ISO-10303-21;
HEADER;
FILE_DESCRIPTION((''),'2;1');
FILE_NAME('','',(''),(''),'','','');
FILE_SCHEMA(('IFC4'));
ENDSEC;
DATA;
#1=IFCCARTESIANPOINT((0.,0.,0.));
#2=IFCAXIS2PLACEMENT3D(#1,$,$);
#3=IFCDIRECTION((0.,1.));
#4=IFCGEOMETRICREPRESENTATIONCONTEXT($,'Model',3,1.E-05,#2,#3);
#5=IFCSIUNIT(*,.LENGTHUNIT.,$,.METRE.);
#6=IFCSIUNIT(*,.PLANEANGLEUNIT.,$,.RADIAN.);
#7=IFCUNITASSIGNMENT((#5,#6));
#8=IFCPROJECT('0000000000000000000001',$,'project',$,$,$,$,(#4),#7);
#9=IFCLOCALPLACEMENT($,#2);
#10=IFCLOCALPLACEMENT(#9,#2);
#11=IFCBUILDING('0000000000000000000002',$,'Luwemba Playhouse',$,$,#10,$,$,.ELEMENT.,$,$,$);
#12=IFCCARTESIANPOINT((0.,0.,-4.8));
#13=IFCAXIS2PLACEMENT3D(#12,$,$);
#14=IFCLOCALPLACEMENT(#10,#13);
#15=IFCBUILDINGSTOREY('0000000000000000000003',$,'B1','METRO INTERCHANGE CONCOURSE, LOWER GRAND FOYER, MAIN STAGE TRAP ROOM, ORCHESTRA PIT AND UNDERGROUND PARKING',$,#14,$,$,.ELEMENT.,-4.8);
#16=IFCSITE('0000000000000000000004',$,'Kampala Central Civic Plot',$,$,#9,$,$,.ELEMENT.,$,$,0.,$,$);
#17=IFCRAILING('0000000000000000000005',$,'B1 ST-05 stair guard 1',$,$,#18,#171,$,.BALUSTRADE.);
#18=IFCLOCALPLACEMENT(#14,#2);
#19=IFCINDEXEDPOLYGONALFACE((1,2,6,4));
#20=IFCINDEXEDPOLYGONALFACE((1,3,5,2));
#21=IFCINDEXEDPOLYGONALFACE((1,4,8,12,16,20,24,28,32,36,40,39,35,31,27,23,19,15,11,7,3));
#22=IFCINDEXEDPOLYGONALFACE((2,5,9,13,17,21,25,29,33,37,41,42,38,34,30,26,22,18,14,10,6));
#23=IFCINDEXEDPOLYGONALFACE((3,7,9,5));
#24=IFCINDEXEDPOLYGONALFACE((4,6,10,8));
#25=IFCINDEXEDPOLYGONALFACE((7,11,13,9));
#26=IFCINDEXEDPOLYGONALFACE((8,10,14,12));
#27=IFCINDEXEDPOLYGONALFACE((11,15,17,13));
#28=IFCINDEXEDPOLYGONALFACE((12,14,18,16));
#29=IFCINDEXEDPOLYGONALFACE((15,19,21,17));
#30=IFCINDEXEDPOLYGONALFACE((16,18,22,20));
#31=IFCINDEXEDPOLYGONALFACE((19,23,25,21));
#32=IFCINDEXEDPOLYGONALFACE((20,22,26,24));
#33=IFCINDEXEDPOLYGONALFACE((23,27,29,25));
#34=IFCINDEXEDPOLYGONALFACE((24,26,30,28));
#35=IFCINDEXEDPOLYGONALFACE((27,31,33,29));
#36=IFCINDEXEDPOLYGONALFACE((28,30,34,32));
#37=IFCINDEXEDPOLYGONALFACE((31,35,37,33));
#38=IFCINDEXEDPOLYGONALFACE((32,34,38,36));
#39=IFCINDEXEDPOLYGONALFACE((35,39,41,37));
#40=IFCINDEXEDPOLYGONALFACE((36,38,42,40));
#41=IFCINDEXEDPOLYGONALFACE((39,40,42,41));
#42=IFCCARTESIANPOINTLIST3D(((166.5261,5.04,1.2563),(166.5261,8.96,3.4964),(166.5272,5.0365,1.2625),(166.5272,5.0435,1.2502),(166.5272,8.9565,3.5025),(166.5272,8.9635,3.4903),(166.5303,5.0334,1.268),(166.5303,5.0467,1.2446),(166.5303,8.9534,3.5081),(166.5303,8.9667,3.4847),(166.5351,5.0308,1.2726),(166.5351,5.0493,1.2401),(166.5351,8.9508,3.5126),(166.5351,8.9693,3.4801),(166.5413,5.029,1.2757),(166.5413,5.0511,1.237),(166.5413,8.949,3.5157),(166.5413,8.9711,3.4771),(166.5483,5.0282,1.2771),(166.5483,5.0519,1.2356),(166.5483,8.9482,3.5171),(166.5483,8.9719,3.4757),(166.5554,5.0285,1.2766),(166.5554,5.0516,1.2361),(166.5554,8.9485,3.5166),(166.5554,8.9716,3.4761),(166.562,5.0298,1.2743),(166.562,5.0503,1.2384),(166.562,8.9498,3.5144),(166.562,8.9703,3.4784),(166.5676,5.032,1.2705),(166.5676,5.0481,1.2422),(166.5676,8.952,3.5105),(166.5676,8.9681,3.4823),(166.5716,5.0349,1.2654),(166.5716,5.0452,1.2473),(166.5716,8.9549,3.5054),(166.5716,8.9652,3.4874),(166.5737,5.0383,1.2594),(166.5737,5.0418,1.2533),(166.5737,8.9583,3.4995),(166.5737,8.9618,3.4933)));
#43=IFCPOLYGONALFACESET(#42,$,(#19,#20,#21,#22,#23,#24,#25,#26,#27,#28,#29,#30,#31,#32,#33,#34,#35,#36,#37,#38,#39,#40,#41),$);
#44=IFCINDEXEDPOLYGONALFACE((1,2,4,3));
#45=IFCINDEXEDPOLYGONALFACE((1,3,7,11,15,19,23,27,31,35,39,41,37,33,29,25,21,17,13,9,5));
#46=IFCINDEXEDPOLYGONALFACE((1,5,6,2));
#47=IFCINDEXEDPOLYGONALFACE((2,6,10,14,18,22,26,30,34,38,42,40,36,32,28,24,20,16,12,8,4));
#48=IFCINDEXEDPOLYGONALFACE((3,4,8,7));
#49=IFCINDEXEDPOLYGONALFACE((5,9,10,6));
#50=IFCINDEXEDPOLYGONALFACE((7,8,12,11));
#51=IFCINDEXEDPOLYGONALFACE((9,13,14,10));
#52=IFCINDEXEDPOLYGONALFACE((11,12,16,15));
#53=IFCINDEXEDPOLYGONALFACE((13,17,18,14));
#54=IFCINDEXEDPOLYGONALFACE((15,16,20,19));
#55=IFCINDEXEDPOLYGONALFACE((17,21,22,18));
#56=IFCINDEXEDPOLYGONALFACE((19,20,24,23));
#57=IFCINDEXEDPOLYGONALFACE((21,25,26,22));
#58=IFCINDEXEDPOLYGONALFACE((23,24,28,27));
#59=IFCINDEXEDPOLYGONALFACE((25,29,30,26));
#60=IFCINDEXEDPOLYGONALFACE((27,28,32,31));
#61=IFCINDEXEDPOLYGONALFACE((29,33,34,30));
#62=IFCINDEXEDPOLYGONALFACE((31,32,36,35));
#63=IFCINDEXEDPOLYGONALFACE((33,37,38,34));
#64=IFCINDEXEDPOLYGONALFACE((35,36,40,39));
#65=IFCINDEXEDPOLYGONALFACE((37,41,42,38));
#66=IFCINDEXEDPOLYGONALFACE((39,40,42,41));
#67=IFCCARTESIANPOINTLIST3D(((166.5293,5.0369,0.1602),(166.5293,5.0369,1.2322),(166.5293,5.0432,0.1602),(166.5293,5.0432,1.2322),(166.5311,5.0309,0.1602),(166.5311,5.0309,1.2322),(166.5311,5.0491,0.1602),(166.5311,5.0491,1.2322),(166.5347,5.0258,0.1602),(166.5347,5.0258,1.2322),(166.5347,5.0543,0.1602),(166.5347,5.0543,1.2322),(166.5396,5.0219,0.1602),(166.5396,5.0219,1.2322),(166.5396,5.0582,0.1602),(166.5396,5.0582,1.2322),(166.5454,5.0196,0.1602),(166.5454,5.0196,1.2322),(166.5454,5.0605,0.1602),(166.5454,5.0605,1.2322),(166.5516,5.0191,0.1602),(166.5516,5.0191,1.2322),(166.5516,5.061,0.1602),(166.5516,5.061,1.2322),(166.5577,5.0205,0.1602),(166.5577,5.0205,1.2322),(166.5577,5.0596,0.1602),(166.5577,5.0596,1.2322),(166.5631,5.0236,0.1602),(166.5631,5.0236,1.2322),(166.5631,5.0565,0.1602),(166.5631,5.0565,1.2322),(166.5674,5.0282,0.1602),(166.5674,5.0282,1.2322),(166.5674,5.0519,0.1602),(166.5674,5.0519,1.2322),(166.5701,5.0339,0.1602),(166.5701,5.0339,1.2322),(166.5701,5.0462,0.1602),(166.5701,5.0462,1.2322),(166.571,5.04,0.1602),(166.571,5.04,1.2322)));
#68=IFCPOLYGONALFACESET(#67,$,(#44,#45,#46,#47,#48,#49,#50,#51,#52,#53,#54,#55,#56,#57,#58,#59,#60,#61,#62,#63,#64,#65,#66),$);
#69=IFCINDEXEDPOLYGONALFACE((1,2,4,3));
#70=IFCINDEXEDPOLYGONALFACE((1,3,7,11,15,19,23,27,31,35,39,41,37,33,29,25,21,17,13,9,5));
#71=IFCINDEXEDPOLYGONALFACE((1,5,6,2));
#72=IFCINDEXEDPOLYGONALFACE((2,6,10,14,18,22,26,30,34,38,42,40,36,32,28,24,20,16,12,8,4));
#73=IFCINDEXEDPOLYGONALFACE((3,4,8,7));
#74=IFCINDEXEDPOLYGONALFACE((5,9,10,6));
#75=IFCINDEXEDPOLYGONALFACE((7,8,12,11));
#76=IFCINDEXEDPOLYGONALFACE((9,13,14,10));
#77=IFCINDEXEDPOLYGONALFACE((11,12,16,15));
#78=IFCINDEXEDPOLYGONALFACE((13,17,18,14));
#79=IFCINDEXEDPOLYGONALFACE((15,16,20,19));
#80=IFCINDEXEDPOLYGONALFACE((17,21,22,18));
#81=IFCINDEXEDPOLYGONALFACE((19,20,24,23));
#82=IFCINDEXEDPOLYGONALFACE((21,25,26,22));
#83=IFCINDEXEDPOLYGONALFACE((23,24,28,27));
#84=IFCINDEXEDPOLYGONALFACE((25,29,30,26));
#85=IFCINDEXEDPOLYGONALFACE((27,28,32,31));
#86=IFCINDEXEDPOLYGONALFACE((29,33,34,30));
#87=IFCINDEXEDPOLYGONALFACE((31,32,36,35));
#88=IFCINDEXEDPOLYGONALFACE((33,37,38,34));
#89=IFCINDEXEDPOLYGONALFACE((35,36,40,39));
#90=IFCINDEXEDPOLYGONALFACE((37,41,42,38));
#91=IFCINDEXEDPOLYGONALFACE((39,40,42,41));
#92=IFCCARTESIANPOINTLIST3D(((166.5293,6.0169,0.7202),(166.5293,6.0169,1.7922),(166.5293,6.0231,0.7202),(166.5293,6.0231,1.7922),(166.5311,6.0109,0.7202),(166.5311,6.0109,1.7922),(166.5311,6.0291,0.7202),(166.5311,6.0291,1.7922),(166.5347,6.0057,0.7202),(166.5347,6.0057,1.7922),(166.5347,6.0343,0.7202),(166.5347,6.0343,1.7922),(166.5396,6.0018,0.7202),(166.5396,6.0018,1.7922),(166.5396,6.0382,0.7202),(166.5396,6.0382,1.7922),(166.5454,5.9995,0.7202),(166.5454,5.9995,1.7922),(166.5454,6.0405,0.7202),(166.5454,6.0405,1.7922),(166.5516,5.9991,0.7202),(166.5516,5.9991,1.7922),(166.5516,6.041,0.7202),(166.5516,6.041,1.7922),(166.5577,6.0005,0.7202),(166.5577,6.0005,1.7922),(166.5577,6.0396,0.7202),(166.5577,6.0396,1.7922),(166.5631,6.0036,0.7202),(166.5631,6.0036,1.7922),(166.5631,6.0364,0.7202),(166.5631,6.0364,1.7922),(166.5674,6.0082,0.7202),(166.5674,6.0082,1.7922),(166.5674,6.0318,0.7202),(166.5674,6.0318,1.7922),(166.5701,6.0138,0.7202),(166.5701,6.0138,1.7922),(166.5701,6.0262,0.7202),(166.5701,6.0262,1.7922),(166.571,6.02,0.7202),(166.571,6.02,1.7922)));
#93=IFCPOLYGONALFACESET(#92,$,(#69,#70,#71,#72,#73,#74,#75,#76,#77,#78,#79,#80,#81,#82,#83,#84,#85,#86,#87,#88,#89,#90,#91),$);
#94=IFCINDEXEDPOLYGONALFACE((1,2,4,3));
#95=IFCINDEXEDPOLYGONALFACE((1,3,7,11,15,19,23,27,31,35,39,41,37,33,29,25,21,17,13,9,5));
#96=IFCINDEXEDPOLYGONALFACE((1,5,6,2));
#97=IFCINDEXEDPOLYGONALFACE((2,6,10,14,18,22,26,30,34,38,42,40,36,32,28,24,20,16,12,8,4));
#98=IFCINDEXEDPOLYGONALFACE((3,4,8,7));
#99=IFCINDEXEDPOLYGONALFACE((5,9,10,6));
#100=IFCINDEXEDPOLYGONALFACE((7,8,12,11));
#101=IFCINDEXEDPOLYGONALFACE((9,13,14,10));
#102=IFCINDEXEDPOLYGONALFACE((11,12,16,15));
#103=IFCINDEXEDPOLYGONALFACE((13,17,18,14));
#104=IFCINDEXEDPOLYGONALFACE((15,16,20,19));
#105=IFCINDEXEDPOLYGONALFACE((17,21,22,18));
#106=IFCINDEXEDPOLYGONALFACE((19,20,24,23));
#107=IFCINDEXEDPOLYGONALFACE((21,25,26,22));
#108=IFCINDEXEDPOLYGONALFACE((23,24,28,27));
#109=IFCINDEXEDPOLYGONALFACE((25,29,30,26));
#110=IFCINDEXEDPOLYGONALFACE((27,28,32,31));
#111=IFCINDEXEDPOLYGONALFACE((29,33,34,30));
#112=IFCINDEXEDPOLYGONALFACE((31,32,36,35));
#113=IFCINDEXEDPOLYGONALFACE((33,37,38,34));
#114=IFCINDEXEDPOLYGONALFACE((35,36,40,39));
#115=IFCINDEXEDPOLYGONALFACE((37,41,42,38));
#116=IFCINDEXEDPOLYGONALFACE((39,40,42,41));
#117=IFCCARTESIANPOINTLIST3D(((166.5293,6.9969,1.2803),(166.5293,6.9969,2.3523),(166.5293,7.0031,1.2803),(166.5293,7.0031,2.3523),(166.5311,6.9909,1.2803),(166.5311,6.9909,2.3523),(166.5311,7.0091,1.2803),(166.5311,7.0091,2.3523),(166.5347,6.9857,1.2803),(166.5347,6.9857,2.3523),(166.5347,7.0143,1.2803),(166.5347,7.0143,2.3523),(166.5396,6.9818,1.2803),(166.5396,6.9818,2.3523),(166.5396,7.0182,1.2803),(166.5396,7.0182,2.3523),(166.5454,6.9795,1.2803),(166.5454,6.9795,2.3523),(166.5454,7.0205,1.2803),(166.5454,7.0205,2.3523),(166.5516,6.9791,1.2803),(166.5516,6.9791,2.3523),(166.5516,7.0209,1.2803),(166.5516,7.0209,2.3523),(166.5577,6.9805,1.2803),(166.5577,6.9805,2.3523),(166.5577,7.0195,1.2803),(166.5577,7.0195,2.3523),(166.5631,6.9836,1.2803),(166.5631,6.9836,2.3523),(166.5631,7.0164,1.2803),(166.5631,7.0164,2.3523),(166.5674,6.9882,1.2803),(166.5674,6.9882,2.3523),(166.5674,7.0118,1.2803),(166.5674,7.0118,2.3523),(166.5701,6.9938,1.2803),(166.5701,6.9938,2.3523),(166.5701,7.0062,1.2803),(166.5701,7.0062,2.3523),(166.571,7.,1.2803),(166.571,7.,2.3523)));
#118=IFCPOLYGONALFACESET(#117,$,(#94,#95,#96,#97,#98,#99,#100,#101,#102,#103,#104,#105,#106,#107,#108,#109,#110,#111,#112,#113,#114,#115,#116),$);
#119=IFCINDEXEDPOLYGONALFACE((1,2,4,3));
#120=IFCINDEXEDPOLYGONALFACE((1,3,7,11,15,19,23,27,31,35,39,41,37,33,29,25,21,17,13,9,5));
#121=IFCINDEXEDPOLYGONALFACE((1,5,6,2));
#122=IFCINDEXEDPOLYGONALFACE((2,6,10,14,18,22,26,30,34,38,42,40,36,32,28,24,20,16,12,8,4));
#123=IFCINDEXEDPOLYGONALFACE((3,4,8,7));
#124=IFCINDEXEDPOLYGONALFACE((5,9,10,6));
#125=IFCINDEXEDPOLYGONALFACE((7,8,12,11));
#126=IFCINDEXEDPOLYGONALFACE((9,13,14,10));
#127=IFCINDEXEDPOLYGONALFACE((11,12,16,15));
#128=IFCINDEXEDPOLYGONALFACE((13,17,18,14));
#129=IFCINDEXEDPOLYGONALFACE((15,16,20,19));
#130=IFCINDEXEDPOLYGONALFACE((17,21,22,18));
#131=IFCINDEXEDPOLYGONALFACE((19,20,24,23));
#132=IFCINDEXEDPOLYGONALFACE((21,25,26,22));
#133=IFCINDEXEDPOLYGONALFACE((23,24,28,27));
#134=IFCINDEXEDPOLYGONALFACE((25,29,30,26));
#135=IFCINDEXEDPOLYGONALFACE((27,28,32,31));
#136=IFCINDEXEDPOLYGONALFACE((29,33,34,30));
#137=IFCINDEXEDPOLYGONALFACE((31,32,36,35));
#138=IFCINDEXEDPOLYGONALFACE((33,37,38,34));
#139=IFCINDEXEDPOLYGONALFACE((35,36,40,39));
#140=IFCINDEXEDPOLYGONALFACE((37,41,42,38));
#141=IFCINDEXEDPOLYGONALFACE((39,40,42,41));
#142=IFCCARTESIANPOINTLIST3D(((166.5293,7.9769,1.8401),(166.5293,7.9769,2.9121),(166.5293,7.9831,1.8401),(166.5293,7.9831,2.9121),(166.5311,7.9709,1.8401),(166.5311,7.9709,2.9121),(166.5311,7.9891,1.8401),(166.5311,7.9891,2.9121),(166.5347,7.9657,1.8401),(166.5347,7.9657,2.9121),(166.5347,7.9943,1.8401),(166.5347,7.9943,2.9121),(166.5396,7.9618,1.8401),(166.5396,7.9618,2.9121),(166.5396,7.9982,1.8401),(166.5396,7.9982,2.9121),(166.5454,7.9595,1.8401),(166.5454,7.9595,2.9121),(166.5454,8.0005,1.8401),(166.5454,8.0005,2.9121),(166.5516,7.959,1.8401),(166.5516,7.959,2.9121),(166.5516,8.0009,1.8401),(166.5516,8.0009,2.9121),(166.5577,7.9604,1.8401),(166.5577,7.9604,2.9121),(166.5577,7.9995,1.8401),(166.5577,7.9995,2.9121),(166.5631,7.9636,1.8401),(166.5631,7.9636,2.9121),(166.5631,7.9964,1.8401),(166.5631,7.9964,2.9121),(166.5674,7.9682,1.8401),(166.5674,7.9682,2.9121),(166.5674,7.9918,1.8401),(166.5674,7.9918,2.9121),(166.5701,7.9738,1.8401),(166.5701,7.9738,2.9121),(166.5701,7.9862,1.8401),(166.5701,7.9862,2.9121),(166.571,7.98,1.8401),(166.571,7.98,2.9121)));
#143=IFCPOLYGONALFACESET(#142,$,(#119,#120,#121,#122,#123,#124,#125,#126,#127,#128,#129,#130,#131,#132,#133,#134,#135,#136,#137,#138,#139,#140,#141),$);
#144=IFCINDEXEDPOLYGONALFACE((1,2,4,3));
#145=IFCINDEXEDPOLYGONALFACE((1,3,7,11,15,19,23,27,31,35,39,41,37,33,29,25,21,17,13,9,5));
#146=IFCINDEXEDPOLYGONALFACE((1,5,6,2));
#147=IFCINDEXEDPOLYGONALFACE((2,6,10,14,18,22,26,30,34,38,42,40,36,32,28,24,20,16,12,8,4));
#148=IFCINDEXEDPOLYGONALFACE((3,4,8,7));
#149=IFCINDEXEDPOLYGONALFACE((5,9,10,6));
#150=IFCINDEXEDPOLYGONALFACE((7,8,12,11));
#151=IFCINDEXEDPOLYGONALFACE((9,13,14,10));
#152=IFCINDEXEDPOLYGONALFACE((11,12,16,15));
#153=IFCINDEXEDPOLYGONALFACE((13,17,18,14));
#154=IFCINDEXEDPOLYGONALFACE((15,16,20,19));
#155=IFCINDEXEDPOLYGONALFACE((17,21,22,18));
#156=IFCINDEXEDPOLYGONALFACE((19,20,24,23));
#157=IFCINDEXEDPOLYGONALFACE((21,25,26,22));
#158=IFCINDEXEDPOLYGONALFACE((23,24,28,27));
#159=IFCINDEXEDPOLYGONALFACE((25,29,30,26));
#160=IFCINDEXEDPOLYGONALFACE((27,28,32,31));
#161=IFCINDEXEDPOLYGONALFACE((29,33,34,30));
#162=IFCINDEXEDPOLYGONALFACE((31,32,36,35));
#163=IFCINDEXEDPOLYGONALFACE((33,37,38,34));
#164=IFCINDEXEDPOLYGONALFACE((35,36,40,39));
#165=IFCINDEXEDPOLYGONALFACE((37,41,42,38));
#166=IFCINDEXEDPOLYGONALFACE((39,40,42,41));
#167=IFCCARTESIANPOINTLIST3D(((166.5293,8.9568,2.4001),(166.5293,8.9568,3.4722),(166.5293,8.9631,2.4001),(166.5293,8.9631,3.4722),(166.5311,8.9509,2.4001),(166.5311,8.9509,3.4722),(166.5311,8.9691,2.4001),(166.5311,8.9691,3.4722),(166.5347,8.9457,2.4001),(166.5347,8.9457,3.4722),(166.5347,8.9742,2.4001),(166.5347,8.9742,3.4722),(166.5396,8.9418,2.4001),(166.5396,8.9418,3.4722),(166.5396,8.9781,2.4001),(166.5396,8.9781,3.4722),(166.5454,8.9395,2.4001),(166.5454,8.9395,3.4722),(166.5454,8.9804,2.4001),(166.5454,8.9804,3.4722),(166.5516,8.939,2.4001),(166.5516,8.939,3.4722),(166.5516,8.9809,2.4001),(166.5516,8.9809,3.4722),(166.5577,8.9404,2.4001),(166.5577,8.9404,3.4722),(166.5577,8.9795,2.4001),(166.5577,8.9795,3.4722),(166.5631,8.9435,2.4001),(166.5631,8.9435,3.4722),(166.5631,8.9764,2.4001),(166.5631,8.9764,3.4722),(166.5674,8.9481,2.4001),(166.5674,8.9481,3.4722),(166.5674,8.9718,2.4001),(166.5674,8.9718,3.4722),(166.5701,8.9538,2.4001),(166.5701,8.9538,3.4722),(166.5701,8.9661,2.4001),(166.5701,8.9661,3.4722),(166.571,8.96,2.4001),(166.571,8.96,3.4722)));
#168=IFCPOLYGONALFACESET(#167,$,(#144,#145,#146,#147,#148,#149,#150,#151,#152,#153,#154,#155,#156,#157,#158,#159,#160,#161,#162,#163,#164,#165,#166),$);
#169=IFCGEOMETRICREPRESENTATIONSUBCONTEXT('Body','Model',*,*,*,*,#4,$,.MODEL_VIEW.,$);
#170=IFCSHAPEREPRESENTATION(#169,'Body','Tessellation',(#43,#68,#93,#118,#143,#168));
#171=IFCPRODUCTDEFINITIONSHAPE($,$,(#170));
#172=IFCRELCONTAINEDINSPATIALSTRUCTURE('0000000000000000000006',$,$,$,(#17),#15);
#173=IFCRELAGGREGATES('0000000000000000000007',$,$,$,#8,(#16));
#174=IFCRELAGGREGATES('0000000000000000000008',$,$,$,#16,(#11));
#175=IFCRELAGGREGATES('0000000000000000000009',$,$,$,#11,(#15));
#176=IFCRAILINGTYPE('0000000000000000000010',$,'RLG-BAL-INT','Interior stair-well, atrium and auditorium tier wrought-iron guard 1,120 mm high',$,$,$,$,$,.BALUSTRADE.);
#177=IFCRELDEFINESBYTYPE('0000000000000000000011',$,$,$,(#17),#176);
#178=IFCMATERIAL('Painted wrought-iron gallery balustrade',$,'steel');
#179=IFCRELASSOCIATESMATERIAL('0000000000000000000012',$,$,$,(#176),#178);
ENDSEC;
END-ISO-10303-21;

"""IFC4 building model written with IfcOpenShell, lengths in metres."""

from ifc_helpers import new_model, si_unit, direction, frame, origin, origin_2d, place, context, subcontext, project, spatial, circle, extrude, material, type_object, element, save


model = new_model("IFC4")

# Units and contexts
model_context = context("Model", 3, precision=1e-05, world=origin(), true_north=direction((0.0, 1.0)))
body_context = subcontext(model_context, "Body", "Model", "MODEL_VIEW")
ifc_project = project(units=[si_unit("LENGTHUNIT", "METRE"), si_unit("PLANEANGLEUNIT", "RADIAN")], contexts=[model_context])

# Site, building, storey
site_placement = place(None, origin())
site = spatial("IfcSite", under=ifc_project, at=site_placement, Name="Kampala Central Civic Plot", CompositionType="ELEMENT", RefElevation=0.0)
building_placement = place(site_placement, origin())
building = spatial("IfcBuilding", under=site, at=building_placement, Name="Luwemba Playhouse", CompositionType="ELEMENT")
storey_placement = place(building_placement, frame((0.0, 0.0, -4.8)))
storey = spatial("IfcBuildingStorey", under=building, at=storey_placement, Name="B1", Description="METRO INTERCHANGE CONCOURSE, LOWER GRAND FOYER, MAIN STAGE TRAP ROOM, ORCHESTRA PIT AND UNDERGROUND PARKING", CompositionType="ELEMENT", Elevation=-4.8)

# Railing
ifc_material_1 = material(Name="Painted wrought-iron gallery balustrade", Category="steel")
railing_type_1 = type_object("IfcRailingType", Name="RLG-BAL-INT", Description="Interior stair-well, atrium and auditorium tier wrought-iron guard 1,120 mm high", PredefinedType="BALUSTRADE", material=ifc_material_1)
railing_1_placement = place(storey_placement, frame((166.55, 5.04, 0.1602)))
element("IfcRailing", 1, at=railing_1_placement, inside=storey, type_object=railing_type_1, Name="B1 ST-05 stair guard 1", PredefinedType="BALUSTRADE", context=body_context, shape_type="SweptSolid", body=[
    extrude(circle(Radius=0.0239, at=origin_2d()), frame((0.0, 0.0, 1.0962), z_axis=(0.0, 0.86824, 0.496145), x_axis=(-1.0, 0.0, 0.0)), (0.0, 0.0, 1.0), 4.5149),
    extrude(circle(Radius=0.021, at=origin_2d()), origin(), (0.0, 0.0, 1.0), 1.072),
    extrude(circle(Radius=0.021, at=origin_2d()), frame((0.0, 0.98, 0.5601)), (0.0, 0.0, 1.0), 1.072),
    extrude(circle(Radius=0.021, at=origin_2d()), frame((0.0, 1.96, 1.1201)), (0.0, 0.0, 1.0), 1.072),
    extrude(circle(Radius=0.021, at=origin_2d()), frame((0.0, 2.9399, 1.6799)), (0.0, 0.0, 1.0), 1.072),
    extrude(circle(Radius=0.021, at=origin_2d()), frame((0.0, 3.9199, 2.24)), (0.0, 0.0, 1.0), 1.072),
])

save(model, "model.ifc")
